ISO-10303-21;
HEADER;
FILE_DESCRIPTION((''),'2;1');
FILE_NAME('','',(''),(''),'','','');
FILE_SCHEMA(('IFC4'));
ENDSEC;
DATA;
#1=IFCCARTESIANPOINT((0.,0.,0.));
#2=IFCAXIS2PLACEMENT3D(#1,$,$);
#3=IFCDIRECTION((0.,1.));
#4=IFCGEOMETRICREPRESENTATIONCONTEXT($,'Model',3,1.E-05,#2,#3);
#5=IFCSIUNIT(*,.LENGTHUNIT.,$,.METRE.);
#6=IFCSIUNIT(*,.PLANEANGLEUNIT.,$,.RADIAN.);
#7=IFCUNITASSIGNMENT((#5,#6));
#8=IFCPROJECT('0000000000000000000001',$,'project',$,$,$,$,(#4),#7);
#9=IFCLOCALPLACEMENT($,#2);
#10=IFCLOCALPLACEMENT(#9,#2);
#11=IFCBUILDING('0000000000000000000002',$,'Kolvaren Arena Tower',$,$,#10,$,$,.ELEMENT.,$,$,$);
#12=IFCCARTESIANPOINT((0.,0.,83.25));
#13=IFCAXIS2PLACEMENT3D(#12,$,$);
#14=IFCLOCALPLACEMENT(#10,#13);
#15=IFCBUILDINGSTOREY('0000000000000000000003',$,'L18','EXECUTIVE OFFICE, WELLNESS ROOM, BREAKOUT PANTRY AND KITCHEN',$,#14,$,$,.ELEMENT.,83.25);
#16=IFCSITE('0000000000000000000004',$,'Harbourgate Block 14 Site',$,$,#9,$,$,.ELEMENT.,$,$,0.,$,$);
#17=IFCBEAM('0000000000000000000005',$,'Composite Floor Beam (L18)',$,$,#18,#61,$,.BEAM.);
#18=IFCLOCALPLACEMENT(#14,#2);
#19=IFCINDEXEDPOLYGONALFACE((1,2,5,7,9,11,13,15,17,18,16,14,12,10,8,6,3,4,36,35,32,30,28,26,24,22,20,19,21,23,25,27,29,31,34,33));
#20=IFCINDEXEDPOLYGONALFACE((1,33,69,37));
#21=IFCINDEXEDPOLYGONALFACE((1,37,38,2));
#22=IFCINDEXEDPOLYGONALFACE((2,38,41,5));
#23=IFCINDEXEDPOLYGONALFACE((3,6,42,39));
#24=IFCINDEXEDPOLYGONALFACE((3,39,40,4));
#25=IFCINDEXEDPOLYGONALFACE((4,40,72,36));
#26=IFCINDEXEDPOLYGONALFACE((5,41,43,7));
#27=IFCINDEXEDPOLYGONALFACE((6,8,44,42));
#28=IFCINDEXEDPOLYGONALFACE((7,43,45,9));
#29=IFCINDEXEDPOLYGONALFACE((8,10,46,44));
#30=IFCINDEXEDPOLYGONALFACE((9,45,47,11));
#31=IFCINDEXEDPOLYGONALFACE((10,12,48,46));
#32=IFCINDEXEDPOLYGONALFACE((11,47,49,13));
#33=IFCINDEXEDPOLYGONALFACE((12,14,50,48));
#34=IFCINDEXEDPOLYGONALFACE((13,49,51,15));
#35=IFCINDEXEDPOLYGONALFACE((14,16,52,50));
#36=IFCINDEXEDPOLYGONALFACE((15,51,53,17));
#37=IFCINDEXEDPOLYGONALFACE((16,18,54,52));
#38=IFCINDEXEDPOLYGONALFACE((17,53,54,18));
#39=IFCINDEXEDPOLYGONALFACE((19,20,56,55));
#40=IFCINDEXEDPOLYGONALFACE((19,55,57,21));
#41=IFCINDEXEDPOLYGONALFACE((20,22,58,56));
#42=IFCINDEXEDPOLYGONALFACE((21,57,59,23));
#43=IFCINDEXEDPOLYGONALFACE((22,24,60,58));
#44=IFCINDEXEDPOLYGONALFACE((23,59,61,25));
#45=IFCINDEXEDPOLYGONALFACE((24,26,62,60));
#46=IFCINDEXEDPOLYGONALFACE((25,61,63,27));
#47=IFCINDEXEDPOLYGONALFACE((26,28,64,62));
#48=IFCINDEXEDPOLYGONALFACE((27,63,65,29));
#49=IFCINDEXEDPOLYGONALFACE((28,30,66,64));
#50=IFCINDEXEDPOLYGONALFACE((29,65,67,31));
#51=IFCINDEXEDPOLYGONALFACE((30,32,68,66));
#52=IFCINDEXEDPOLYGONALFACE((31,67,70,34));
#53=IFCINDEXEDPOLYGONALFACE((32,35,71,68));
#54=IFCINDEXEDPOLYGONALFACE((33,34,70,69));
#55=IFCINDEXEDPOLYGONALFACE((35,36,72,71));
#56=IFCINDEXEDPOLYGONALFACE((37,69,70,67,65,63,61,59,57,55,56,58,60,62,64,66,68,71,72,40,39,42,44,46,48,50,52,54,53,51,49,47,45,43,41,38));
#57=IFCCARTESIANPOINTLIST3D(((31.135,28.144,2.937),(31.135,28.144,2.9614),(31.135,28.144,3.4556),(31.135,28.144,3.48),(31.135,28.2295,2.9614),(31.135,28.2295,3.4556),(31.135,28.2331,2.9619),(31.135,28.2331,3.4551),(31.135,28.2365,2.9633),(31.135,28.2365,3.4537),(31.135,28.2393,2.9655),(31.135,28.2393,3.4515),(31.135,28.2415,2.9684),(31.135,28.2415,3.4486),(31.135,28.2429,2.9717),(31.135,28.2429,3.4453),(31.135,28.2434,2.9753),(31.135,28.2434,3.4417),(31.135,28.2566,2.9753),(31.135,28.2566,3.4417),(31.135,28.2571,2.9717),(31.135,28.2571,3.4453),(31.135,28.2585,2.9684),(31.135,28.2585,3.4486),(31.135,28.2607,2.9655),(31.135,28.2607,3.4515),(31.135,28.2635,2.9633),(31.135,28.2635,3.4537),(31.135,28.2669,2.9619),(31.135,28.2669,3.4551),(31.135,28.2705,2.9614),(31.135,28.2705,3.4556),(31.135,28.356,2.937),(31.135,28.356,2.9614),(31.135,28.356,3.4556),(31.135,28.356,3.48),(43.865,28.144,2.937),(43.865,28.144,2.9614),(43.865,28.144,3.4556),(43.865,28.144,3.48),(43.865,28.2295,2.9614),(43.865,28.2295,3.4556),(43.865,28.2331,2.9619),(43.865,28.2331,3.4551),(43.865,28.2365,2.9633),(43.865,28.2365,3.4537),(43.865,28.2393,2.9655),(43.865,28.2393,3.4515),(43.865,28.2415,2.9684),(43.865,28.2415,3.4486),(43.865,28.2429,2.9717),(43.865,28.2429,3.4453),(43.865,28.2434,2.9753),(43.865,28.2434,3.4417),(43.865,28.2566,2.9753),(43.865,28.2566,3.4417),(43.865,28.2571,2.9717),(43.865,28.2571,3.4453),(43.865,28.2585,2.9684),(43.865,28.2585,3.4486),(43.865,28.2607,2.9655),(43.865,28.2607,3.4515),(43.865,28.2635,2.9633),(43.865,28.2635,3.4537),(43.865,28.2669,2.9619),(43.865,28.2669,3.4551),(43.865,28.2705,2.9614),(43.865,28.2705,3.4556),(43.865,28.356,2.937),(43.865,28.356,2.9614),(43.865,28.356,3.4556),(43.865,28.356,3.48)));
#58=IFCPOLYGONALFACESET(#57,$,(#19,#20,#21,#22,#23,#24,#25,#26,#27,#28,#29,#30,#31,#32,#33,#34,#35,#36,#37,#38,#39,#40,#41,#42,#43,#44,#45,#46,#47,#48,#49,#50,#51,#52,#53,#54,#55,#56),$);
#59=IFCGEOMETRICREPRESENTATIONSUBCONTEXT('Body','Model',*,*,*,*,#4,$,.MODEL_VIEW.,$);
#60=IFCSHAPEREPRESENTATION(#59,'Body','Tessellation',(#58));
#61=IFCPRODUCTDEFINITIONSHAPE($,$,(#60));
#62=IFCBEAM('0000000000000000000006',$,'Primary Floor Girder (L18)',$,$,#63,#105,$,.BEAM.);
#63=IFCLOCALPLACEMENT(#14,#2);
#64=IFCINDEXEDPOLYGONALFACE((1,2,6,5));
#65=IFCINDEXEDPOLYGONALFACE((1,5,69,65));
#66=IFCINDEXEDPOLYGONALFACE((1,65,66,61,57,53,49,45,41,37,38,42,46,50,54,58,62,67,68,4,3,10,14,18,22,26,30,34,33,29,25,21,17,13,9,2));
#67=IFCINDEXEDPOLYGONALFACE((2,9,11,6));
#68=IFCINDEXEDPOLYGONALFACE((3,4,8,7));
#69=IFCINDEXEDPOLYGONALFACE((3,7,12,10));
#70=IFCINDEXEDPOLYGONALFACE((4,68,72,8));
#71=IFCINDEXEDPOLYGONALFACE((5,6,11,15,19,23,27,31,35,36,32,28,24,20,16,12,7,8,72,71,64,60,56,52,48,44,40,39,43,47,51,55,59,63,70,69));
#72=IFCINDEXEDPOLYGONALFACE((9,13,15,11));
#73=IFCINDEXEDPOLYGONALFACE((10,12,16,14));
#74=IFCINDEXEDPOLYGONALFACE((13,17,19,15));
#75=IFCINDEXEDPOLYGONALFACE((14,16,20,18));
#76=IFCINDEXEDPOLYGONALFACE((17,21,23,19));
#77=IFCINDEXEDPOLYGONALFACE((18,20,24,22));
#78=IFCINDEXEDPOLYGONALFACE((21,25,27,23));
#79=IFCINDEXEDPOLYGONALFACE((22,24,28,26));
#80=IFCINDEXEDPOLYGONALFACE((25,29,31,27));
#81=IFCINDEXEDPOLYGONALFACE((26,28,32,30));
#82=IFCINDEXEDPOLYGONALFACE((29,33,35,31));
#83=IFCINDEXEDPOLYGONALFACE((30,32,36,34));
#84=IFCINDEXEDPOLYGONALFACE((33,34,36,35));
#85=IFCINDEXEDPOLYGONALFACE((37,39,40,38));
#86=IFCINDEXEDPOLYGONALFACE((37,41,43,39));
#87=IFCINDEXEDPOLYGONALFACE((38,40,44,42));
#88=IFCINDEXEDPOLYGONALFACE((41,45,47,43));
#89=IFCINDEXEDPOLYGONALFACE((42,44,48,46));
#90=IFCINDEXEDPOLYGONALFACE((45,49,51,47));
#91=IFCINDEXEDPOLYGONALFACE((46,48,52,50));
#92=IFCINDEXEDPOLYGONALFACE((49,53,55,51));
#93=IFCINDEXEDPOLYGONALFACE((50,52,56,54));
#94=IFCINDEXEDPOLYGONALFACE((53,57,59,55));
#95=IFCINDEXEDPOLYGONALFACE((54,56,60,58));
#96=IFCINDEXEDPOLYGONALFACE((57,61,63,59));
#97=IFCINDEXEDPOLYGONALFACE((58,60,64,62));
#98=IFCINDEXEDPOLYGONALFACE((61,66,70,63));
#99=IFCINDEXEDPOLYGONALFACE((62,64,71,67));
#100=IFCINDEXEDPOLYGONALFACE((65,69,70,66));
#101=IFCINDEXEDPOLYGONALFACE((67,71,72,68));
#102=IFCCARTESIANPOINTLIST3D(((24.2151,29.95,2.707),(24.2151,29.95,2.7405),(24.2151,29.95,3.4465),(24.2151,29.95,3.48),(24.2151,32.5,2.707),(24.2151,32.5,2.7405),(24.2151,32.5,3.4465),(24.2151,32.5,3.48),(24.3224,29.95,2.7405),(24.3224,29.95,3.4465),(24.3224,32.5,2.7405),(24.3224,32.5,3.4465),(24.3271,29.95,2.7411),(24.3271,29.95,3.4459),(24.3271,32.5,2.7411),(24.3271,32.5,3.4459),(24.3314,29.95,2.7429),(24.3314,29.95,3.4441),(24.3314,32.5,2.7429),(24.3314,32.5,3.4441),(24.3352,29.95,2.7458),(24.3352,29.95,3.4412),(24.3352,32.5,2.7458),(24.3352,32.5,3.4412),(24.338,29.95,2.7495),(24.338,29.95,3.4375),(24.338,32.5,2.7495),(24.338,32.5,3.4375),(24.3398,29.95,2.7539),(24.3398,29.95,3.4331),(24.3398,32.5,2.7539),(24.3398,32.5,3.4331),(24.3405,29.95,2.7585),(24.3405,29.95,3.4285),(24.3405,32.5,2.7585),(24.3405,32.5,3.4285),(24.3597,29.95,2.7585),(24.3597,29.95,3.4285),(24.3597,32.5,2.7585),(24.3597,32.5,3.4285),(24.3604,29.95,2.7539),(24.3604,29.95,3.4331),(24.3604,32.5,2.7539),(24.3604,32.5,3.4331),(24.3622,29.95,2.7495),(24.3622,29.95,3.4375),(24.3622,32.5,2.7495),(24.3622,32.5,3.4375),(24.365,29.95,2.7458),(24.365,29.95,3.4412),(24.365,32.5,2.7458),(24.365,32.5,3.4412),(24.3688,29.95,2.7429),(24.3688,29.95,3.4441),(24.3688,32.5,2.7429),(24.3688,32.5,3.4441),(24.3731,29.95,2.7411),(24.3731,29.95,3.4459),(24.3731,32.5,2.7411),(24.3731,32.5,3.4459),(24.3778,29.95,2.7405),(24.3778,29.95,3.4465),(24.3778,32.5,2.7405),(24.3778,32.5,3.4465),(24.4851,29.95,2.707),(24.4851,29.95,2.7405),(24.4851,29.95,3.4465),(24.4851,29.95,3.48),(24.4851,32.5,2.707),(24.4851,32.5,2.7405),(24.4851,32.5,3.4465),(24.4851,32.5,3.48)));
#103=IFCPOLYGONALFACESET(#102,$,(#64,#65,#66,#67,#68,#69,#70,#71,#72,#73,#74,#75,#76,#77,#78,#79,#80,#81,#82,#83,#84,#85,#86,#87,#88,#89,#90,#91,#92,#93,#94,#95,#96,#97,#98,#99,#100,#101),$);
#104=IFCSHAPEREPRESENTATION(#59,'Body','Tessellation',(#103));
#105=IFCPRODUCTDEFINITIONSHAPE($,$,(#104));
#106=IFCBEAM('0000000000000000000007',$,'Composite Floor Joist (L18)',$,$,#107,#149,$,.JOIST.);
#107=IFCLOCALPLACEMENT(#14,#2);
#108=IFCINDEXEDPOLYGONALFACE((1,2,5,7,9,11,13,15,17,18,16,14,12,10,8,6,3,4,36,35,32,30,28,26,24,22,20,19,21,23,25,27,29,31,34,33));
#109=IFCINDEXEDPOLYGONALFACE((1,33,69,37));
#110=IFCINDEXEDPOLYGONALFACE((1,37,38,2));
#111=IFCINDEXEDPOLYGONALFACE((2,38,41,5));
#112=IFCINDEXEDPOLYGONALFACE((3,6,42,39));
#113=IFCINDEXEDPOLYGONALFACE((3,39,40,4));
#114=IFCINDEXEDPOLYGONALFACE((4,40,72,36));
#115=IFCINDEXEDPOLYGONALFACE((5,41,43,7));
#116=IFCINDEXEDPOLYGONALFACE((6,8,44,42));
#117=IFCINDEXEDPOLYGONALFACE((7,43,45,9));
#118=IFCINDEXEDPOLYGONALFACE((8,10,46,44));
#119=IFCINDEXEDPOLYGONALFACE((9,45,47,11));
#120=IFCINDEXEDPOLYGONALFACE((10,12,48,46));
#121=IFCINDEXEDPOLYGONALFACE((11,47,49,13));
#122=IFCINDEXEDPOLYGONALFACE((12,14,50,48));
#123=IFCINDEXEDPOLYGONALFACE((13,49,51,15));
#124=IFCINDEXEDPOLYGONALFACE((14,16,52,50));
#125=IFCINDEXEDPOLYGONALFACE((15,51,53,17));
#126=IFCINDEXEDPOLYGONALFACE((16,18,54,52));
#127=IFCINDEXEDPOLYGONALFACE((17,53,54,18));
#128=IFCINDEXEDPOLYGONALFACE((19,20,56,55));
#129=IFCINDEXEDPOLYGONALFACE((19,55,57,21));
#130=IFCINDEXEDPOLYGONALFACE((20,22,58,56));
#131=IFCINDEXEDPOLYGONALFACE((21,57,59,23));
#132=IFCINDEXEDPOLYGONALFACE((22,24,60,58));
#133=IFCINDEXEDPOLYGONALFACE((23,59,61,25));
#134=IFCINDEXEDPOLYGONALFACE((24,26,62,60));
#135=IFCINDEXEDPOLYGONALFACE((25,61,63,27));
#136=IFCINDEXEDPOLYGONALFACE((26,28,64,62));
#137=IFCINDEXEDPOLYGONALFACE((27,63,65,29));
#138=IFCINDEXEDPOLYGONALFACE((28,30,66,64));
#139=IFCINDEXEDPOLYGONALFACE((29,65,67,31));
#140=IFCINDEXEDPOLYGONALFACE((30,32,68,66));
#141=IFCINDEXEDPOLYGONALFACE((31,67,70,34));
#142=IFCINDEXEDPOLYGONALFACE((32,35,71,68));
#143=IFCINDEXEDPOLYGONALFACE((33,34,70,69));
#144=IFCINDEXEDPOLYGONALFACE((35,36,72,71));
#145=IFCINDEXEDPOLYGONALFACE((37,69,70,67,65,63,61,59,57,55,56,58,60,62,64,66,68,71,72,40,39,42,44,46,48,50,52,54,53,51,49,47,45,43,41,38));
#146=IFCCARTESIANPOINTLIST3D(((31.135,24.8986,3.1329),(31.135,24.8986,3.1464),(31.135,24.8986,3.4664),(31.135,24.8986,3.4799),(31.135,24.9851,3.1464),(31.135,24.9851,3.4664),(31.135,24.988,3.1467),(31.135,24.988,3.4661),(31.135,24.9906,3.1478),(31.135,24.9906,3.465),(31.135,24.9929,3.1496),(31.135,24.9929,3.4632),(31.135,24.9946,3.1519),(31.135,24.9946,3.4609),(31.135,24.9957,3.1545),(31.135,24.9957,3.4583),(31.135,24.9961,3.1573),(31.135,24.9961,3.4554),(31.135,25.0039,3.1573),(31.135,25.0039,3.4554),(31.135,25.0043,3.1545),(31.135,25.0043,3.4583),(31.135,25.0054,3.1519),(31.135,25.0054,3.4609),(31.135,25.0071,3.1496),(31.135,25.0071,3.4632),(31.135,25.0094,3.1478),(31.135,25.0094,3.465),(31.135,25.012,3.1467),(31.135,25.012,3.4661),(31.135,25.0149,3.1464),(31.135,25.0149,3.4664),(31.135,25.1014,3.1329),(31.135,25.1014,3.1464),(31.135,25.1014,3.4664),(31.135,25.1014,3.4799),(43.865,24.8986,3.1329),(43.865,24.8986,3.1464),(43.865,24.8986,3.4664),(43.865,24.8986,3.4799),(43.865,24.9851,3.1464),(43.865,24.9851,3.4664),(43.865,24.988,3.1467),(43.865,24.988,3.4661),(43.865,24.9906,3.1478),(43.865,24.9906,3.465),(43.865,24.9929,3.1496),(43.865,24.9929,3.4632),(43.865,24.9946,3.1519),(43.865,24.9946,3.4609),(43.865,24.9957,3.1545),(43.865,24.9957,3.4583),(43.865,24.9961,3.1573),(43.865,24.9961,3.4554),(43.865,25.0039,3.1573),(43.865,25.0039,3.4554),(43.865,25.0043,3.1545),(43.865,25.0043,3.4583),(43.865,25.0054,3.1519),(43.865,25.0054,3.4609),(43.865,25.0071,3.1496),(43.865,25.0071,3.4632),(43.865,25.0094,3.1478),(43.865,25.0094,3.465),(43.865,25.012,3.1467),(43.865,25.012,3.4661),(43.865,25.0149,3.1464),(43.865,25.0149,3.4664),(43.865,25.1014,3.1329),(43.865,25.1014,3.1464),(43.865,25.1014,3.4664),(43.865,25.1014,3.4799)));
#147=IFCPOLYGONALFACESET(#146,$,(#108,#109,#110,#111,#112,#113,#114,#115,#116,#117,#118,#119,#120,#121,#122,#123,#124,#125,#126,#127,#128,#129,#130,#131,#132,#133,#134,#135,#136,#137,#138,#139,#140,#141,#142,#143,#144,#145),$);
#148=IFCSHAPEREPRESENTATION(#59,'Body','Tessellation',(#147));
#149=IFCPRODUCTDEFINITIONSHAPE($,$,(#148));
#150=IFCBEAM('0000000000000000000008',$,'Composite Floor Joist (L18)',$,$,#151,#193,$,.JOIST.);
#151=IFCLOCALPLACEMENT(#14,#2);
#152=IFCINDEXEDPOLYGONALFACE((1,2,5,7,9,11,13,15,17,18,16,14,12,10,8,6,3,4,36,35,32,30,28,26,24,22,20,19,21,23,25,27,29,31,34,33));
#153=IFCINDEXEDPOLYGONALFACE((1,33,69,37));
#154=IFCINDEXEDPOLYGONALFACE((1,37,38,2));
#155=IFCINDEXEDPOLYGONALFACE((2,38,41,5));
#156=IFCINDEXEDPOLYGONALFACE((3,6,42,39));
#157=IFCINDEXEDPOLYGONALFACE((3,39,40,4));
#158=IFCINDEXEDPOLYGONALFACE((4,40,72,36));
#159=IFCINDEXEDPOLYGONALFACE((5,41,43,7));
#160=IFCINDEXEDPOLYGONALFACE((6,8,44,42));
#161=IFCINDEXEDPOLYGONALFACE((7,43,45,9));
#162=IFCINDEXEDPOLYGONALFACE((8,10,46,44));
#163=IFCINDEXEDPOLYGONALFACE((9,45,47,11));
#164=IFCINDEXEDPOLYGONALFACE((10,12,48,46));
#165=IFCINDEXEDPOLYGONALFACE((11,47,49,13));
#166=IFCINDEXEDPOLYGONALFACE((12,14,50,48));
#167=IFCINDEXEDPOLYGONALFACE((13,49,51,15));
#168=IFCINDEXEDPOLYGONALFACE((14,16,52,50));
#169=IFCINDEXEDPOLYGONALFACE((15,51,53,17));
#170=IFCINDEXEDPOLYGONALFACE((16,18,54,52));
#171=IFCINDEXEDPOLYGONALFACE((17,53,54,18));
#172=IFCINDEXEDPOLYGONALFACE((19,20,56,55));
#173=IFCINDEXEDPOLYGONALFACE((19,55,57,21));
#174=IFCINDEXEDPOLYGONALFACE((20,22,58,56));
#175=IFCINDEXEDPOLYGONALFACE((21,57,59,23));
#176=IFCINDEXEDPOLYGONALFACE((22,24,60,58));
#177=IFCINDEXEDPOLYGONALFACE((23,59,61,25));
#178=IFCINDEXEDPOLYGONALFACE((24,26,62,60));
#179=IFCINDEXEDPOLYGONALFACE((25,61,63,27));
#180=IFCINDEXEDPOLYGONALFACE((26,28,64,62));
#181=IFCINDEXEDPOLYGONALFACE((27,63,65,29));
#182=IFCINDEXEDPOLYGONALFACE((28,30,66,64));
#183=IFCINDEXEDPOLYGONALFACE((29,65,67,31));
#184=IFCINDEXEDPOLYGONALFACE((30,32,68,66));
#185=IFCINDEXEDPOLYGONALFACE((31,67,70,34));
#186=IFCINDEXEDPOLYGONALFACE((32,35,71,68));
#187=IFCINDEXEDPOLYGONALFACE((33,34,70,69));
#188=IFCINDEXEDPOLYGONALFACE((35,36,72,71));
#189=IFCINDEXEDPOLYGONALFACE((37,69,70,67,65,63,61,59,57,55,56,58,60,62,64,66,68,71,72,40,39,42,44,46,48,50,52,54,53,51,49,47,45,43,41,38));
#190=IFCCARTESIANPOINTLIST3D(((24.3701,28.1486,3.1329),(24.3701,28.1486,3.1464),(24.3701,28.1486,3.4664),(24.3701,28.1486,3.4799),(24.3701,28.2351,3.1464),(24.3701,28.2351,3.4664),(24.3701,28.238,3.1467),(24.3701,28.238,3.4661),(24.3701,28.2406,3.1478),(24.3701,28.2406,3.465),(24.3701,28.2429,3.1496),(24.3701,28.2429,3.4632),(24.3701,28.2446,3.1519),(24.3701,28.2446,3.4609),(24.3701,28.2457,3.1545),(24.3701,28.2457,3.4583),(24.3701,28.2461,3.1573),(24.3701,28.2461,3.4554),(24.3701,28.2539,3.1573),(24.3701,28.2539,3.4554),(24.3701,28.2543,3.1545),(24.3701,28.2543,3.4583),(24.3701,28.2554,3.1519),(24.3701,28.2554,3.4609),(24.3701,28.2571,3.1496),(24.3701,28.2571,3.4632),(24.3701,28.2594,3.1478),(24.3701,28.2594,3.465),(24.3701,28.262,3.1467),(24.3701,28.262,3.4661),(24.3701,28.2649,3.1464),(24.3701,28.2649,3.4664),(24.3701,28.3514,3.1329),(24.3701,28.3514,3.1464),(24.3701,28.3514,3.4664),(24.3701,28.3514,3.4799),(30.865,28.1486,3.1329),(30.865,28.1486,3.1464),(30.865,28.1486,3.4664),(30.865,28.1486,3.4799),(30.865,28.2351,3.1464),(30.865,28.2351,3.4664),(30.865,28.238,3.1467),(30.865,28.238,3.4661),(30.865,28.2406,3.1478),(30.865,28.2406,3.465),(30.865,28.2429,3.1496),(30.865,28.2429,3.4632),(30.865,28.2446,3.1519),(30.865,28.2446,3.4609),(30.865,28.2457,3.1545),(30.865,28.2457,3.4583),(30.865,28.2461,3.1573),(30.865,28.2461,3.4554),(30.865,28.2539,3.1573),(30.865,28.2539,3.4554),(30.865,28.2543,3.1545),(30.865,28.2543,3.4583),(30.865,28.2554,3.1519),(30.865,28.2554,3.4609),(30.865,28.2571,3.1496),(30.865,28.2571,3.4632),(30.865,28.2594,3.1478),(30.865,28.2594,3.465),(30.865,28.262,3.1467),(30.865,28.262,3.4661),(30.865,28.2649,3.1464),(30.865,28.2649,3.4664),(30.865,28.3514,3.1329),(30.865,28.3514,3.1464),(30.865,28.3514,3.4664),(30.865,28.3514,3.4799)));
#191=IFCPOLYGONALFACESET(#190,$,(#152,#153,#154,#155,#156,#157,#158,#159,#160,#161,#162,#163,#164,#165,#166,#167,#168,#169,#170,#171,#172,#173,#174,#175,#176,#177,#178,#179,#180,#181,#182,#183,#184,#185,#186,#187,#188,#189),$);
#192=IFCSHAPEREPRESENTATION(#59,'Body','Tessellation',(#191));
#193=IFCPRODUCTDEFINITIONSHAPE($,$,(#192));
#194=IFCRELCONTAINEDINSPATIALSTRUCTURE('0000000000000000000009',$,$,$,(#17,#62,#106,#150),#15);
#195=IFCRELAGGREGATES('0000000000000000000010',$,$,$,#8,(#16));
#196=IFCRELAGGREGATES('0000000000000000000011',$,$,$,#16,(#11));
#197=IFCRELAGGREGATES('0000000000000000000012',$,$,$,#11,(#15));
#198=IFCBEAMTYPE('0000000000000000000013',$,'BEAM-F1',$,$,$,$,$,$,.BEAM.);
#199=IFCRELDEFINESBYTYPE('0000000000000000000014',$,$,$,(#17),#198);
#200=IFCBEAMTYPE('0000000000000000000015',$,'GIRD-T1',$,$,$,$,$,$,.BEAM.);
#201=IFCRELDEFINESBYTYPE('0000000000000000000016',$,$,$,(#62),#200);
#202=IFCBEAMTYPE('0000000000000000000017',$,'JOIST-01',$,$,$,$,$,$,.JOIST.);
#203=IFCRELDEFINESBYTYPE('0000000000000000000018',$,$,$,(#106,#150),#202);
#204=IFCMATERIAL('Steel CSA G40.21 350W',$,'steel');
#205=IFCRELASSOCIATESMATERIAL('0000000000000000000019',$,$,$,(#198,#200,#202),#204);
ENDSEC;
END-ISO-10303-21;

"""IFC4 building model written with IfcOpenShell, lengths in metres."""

from ifc_helpers import new_model, si_unit, direction, frame, origin, origin_2d, place, context, subcontext, project, spatial, i_section, extrude, material, material_profile, profile_set, type_object, element, save


model = new_model("IFC4")

# Units and contexts
model_context = context("Model", 3, precision=1e-05, world=origin(), true_north=direction((0.0, 1.0)))
body_context = subcontext(model_context, "Body", "Model", "MODEL_VIEW")
ifc_project = project(units=[si_unit("LENGTHUNIT", "METRE"), si_unit("PLANEANGLEUNIT", "RADIAN")], contexts=[model_context])

# Site, building, storey
site_placement = place(None, origin())
site = spatial("IfcSite", under=ifc_project, at=site_placement, Name="Harbourgate Block 14 Site", CompositionType="ELEMENT", RefElevation=0.0)
building_placement = place(site_placement, origin())
building = spatial("IfcBuilding", under=site, at=building_placement, Name="Kolvaren Arena Tower", CompositionType="ELEMENT")
storey_placement = place(building_placement, frame((0.0, 0.0, 83.25)))
storey = spatial("IfcBuildingStorey", under=building, at=storey_placement, Name="L18", Description="EXECUTIVE OFFICE, WELLNESS ROOM, BREAKOUT PANTRY AND KITCHEN", CompositionType="ELEMENT", Elevation=83.25)

# Beams
ifc_material_1 = material(Name="Steel CSA G40.21 350W", Category="steel")
ifc_material_profile_1 = material_profile(ifc_material_1, i_section(OverallWidth=0.2119, OverallDepth=0.543, WebThickness=0.0132, FlangeThickness=0.0244, FilletRadius=0.0139, at=origin_2d()), Name="W530x150")
ifc_profile_set_1 = profile_set([ifc_material_profile_1], Name="Steel CSA G40.21 350W")
beam_type_1 = type_object("IfcBeamType", Name="BEAM-F1", PredefinedType="BEAM", material=ifc_profile_set_1)
beam_1_placement = place(storey_placement, frame((31.135, 28.25, 3.2085), z_axis=(1.0, 0.0, 0.0), x_axis=(0.0, 1.0, 0.0)))
element("IfcBeam", 1, at=beam_1_placement, inside=storey, type_object=beam_type_1, Name="Composite Floor Beam (L18)", PredefinedType="BEAM", context=body_context, shape_type="SweptSolid", body=[
    extrude(i_section(OverallWidth=0.2119, OverallDepth=0.543, WebThickness=0.0132, FlangeThickness=0.0244, FilletRadius=0.0139, at=origin_2d()), origin(), (0.0, 0.0, 1.0), 12.73),
])
ifc_material_profile_2 = material_profile(ifc_material_1, i_section(OverallWidth=0.27, OverallDepth=0.7729, WebThickness=0.0193, FlangeThickness=0.0334, FilletRadius=0.0181, at=origin_2d()), Name="W760x257")
ifc_profile_set_2 = profile_set([ifc_material_profile_2], Name="Steel CSA G40.21 350W")
beam_type_2 = type_object("IfcBeamType", Name="GIRD-T1", PredefinedType="BEAM", material=ifc_profile_set_2)
beam_2_placement = place(storey_placement, frame((24.3501, 29.95, 3.0935), z_axis=(0.0, 1.0, 0.0), x_axis=(-1.0, 0.0, 0.0)))
element("IfcBeam", 2, at=beam_2_placement, inside=storey, type_object=beam_type_2, Name="Primary Floor Girder (L18)", PredefinedType="BEAM", context=body_context, shape_type="SweptSolid", body=[
    extrude(i_section(OverallWidth=0.27, OverallDepth=0.7729, WebThickness=0.0193, FlangeThickness=0.0334, FilletRadius=0.0181, at=origin_2d()), origin(), (0.0, 0.0, 1.0), 2.55),
])
ifc_material_profile_3 = material_profile(ifc_material_1, i_section(OverallWidth=0.2029, OverallDepth=0.3469, WebThickness=0.0078, FlangeThickness=0.0134, FilletRadius=0.011, at=origin_2d()), Name="W360x64")
ifc_profile_set_3 = profile_set([ifc_material_profile_3], Name="Steel CSA G40.21 350W")
beam_type_3 = type_object("IfcBeamType", Name="JOIST-01", PredefinedType="JOIST", material=ifc_profile_set_3)
beam_3_placement = place(storey_placement, frame((31.135, 25.0, 3.3064), z_axis=(1.0, 0.0, 0.0), x_axis=(0.0, 1.0, 0.0)))
element("IfcBeam", 3, at=beam_3_placement, inside=storey, type_object=beam_type_3, Name="Composite Floor Joist (L18)", PredefinedType="JOIST", context=body_context, shape_type="SweptSolid", body=[
    extrude(i_section(OverallWidth=0.2029, OverallDepth=0.3469, WebThickness=0.0078, FlangeThickness=0.0134, FilletRadius=0.011, at=origin_2d()), origin(), (0.0, 0.0, 1.0), 12.73),
])
beam_4_placement = place(storey_placement, frame((24.3701, 28.25, 3.3064), z_axis=(1.0, 0.0, 0.0), x_axis=(0.0, 1.0, 0.0)))
element("IfcBeam", 4, at=beam_4_placement, inside=storey, type_object=beam_type_3, Name="Composite Floor Joist (L18)", PredefinedType="JOIST", context=body_context, shape_type="SweptSolid", body=[
    extrude(i_section(OverallWidth=0.2029, OverallDepth=0.3469, WebThickness=0.0078, FlangeThickness=0.0134, FilletRadius=0.011, at=origin_2d()), origin(), (0.0, 0.0, 1.0), 6.4949),
])

save(model, "model.ifc")
